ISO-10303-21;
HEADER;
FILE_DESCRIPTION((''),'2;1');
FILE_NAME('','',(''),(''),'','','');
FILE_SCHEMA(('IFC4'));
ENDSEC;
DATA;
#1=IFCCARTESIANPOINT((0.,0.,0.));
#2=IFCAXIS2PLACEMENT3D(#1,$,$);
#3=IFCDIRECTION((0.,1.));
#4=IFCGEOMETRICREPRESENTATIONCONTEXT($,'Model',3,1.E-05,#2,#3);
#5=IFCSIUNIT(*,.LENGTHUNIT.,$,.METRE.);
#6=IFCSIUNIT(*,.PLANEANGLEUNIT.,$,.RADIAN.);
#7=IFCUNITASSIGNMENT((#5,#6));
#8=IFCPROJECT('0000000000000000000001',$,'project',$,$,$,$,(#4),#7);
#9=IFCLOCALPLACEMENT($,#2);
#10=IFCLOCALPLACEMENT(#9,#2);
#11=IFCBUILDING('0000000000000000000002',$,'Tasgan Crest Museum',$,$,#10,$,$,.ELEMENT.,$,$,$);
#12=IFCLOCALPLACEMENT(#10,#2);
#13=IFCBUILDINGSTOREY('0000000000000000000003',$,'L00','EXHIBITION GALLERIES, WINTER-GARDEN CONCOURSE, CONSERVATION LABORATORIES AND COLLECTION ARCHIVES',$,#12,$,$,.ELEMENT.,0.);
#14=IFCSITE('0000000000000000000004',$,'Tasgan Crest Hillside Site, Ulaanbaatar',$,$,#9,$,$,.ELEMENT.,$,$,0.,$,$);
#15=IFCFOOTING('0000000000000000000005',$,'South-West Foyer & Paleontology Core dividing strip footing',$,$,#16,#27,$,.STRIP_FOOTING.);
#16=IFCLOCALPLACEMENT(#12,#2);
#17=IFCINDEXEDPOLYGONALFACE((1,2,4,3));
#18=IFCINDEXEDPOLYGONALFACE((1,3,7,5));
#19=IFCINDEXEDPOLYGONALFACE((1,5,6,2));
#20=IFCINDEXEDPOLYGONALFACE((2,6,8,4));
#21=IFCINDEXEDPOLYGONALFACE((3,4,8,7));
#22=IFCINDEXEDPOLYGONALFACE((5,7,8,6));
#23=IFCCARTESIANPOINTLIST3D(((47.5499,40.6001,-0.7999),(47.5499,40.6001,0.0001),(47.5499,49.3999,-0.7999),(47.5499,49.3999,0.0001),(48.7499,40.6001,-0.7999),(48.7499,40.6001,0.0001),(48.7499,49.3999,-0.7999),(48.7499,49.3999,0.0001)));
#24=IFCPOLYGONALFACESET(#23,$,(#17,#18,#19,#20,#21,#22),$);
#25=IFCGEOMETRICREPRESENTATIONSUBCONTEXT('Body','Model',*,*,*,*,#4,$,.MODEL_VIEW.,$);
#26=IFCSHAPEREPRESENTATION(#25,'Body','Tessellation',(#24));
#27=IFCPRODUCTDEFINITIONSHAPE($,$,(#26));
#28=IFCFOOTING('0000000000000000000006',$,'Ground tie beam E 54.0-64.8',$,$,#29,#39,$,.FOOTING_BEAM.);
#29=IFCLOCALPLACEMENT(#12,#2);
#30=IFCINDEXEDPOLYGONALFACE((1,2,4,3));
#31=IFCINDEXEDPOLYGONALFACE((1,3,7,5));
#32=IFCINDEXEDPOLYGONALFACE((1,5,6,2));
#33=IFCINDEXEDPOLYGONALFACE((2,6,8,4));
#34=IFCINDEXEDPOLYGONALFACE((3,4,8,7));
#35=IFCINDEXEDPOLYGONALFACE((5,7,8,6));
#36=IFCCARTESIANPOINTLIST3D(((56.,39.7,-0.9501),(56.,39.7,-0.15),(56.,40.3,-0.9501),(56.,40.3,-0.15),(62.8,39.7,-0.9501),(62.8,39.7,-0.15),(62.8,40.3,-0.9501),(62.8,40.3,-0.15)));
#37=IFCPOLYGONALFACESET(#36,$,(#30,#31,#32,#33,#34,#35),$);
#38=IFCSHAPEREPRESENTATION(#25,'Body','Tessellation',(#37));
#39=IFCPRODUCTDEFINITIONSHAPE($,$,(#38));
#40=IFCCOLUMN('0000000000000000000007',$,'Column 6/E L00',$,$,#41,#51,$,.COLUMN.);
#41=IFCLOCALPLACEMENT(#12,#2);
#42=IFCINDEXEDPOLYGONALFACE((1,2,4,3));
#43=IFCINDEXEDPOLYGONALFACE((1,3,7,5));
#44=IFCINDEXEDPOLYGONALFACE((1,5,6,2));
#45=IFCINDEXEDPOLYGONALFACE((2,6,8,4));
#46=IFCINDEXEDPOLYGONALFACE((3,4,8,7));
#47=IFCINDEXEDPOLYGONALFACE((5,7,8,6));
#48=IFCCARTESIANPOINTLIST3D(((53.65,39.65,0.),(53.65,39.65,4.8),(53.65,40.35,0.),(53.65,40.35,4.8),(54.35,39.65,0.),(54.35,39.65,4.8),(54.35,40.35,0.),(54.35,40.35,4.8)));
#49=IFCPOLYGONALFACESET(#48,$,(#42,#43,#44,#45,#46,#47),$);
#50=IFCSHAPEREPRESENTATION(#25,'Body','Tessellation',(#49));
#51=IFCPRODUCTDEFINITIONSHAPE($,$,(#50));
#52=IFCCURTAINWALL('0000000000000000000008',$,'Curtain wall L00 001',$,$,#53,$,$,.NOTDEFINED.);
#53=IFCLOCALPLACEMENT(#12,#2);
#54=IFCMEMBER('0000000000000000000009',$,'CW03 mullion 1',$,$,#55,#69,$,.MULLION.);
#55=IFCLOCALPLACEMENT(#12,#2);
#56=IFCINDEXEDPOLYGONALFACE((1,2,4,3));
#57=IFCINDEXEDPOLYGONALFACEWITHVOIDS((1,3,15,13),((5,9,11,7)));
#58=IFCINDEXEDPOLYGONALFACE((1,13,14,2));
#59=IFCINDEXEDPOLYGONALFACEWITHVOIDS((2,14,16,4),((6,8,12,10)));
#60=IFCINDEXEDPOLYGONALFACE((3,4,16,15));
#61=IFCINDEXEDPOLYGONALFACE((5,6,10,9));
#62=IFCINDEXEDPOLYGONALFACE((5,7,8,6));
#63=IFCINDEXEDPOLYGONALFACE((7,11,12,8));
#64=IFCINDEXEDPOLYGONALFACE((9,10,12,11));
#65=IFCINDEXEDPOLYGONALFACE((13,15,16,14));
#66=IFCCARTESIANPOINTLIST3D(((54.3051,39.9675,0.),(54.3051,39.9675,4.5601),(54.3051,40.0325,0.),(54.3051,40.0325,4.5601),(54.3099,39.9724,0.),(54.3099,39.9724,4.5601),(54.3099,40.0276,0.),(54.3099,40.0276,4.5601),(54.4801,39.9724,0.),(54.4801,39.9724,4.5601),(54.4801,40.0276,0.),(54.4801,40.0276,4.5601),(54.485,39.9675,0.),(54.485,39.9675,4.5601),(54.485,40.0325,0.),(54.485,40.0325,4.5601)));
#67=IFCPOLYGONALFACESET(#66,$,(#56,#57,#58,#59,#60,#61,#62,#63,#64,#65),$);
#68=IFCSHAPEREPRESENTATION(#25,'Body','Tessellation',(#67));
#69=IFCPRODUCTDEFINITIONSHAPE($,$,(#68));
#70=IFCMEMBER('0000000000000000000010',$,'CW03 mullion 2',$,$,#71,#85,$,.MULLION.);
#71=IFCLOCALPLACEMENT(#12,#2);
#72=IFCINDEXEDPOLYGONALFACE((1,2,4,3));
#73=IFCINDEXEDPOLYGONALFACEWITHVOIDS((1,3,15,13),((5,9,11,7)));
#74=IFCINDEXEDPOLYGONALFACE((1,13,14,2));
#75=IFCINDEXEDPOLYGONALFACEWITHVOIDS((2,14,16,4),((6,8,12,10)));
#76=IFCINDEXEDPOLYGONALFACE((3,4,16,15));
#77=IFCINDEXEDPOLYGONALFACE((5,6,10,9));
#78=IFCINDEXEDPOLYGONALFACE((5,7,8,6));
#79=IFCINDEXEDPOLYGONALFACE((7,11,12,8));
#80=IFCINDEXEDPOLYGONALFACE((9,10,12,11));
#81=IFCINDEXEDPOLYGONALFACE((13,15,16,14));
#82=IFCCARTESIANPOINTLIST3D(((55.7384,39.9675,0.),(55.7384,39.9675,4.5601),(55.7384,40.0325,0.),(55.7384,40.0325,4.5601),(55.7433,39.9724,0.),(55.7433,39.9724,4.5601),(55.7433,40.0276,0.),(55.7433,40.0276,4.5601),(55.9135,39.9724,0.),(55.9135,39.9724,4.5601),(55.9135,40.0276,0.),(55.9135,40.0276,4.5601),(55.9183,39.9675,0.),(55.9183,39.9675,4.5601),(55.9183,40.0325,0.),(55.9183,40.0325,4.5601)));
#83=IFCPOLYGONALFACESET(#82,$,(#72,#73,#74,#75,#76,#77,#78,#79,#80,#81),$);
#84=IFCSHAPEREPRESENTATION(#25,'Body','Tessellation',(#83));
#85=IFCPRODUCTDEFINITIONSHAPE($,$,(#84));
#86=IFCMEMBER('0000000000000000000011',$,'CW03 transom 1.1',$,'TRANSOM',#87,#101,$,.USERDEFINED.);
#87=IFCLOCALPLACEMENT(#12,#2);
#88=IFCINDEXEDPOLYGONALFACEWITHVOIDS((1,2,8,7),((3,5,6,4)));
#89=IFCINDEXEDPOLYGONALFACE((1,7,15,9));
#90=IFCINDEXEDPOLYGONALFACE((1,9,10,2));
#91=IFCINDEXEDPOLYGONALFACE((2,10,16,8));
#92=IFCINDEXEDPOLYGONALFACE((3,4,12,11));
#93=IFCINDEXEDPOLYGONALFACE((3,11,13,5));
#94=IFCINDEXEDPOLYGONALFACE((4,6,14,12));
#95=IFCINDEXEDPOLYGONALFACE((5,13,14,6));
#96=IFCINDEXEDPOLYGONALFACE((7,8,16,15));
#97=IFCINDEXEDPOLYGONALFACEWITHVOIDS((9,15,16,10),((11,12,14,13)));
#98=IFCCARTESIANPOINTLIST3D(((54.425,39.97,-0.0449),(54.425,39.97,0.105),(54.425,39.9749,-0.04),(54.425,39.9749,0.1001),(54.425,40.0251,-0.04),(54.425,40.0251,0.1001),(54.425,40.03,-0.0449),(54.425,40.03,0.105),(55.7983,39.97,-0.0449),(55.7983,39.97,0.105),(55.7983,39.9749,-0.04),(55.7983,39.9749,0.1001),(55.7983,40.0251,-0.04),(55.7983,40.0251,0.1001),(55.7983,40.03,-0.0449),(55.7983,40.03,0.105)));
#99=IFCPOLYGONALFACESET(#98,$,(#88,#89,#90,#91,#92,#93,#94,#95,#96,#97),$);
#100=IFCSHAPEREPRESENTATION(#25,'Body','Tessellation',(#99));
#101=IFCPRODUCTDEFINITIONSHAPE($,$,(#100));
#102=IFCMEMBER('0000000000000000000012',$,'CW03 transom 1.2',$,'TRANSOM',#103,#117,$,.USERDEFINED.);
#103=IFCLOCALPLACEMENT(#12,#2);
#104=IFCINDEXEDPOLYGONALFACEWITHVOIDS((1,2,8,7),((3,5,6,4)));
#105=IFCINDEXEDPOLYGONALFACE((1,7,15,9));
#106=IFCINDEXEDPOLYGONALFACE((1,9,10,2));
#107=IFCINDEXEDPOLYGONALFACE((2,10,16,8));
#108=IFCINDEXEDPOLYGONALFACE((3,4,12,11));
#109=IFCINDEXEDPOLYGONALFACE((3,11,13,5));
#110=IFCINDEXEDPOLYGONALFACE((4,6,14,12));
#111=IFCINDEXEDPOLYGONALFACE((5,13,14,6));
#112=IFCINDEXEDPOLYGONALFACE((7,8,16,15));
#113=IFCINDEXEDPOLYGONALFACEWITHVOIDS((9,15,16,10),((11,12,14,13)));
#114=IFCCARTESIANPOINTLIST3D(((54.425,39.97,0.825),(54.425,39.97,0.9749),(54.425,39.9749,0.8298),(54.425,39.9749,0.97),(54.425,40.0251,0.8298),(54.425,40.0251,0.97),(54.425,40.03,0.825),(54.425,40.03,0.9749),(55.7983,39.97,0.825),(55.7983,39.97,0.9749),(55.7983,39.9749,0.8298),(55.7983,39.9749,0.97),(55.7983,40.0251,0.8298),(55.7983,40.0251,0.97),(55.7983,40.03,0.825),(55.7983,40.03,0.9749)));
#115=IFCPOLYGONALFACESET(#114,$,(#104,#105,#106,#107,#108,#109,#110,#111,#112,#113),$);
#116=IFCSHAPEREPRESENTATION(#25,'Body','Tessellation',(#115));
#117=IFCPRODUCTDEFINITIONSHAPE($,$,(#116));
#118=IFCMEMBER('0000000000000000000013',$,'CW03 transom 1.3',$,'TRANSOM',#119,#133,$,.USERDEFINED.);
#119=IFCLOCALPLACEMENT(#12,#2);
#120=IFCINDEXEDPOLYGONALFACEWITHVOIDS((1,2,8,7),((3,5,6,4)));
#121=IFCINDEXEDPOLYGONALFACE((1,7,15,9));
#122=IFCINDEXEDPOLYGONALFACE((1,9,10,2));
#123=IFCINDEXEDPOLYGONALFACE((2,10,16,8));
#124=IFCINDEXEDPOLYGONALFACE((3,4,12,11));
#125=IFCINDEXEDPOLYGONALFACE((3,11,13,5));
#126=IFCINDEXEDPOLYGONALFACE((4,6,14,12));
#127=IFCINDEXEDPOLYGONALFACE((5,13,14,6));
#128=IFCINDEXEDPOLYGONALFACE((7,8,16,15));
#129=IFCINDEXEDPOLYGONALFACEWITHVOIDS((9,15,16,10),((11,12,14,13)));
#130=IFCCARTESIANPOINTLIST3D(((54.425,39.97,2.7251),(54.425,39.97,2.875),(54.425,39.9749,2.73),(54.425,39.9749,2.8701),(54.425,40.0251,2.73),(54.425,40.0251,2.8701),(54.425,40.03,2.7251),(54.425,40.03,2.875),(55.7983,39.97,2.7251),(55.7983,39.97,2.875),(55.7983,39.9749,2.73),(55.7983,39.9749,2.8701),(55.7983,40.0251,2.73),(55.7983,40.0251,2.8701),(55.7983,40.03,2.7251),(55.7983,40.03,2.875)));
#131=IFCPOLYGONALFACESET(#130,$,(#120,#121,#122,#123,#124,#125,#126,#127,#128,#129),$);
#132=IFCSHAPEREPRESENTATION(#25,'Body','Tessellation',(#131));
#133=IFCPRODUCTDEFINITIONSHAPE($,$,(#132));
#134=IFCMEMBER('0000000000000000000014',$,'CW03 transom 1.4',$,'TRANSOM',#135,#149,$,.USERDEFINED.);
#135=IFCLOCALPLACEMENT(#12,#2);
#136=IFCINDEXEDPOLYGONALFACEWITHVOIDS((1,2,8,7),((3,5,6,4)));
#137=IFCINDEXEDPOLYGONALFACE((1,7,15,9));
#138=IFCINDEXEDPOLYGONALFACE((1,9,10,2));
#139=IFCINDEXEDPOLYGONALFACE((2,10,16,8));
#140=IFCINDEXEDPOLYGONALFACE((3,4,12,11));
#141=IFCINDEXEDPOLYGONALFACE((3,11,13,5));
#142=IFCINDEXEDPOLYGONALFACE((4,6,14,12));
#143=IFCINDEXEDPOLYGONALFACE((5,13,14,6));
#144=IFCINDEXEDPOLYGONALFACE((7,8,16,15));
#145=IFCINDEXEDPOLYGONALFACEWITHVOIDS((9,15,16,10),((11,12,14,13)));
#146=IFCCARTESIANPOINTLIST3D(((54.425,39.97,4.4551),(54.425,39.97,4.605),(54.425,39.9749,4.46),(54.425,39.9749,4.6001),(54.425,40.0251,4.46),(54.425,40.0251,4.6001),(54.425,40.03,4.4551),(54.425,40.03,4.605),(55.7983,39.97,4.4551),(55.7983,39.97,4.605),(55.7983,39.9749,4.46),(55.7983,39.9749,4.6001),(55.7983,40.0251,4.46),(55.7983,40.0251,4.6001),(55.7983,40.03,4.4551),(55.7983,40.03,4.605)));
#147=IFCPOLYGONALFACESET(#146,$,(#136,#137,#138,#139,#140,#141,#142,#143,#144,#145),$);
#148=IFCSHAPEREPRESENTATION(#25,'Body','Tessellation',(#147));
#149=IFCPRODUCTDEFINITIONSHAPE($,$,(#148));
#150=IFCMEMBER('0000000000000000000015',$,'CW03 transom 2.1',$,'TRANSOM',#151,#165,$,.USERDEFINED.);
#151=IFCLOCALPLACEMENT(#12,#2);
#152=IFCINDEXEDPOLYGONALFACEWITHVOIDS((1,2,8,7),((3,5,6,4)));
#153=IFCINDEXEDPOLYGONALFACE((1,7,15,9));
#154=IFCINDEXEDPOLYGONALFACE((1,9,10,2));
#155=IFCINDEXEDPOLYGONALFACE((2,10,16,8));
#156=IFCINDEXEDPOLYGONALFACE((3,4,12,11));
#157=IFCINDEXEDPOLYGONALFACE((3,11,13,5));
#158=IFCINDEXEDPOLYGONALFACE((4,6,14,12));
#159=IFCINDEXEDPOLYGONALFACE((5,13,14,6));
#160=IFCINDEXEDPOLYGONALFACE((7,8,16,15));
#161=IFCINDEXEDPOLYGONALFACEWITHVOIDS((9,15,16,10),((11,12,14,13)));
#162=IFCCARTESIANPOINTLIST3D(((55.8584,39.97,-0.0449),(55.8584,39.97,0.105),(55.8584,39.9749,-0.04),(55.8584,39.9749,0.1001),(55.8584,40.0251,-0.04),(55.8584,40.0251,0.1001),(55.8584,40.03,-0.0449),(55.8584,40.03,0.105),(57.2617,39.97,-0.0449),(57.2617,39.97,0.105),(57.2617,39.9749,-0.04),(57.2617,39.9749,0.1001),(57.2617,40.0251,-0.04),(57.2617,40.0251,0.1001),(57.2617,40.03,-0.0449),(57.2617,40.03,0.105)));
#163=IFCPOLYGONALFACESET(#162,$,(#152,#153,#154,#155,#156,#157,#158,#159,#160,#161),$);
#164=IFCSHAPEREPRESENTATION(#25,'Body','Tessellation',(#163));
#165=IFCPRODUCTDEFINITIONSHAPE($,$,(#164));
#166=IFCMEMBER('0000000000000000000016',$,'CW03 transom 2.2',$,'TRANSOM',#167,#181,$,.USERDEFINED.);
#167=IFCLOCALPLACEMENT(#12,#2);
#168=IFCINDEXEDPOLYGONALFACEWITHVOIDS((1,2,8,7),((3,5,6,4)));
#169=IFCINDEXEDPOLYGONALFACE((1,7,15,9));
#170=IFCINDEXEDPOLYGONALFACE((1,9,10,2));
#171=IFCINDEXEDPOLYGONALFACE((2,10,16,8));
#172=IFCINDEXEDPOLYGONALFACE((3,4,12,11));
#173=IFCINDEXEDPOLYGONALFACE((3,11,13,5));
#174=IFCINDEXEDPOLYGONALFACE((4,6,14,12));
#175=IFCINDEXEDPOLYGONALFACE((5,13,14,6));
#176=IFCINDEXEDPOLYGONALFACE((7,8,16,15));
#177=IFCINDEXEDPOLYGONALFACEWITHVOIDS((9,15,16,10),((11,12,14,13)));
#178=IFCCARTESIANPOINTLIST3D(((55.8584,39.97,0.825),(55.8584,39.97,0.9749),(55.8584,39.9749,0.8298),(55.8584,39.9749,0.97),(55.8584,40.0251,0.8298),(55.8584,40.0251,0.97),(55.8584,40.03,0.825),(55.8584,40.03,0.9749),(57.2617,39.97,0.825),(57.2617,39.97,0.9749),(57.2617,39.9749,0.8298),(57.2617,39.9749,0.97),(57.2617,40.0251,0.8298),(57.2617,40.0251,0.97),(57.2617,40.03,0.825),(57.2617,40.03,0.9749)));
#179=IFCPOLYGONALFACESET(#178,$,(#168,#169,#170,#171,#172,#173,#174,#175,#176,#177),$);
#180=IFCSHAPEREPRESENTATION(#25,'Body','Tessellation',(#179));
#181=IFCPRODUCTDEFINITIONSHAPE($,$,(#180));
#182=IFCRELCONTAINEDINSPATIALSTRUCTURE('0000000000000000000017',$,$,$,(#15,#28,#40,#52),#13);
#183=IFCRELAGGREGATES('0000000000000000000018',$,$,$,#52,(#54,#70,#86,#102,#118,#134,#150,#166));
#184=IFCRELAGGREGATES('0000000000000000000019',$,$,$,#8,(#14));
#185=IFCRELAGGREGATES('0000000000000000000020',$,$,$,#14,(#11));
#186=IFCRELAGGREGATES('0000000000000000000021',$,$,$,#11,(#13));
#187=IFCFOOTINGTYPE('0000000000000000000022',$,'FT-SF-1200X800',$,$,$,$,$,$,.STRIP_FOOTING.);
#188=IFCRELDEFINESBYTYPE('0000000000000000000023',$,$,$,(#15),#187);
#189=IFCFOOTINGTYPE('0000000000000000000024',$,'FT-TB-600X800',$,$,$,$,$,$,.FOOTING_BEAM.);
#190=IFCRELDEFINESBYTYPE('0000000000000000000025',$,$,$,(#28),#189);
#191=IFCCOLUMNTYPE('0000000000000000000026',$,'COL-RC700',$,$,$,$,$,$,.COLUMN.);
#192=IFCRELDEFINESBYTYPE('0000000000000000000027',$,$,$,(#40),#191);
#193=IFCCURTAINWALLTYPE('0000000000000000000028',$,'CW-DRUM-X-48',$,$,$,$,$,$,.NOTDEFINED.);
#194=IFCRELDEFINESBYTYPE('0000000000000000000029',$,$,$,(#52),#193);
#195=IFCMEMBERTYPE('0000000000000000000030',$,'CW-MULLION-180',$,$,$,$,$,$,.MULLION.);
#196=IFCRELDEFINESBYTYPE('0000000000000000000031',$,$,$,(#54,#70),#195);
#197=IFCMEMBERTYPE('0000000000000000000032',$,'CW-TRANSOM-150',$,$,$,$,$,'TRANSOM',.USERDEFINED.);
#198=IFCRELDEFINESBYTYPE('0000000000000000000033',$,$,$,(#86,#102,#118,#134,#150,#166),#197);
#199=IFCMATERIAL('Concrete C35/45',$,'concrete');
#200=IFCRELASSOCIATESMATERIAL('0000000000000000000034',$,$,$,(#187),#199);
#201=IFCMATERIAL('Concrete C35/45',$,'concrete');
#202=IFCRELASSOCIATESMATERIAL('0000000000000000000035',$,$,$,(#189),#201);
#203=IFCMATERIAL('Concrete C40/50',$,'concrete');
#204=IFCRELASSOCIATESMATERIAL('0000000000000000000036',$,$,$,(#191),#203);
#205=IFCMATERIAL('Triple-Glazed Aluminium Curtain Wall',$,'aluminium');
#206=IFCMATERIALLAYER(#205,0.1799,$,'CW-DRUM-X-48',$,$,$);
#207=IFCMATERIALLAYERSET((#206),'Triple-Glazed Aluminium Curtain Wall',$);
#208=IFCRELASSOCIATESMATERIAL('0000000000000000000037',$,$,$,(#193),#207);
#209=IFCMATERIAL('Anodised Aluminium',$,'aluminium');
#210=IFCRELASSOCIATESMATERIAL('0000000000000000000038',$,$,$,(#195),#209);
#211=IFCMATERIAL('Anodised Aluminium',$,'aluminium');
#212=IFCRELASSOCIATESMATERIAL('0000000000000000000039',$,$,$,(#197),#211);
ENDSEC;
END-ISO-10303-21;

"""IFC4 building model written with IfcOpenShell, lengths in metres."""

from ifc_helpers import new_model, si_unit, direction, frame, origin, origin_2d, place, context, subcontext, project, spatial, rectangle, hollow_rectangle, extrude, material, layer, layer_set, material_profile, profile_set, type_object, element, aggregate, save


model = new_model("IFC4")

# Units and contexts
model_context = context("Model", 3, precision=1e-05, world=origin(), true_north=direction((0.0, 1.0)))
body_context = subcontext(model_context, "Body", "Model", "MODEL_VIEW")
ifc_project = project(units=[si_unit("LENGTHUNIT", "METRE"), si_unit("PLANEANGLEUNIT", "RADIAN")], contexts=[model_context])

# Site, building, storey
site_placement = place(None, origin())
site = spatial("IfcSite", under=ifc_project, at=site_placement, Name="Tasgan Crest Hillside Site, Ulaanbaatar", CompositionType="ELEMENT", RefElevation=0.0)
building_placement = place(site_placement, origin())
building = spatial("IfcBuilding", under=site, at=building_placement, Name="Tasgan Crest Museum", CompositionType="ELEMENT")
storey_placement = place(building_placement, origin())
storey = spatial("IfcBuildingStorey", under=building, at=storey_placement, Name="L00", Description="EXHIBITION GALLERIES, WINTER-GARDEN CONCOURSE, CONSERVATION LABORATORIES AND COLLECTION ARCHIVES", CompositionType="ELEMENT", Elevation=0.0)

# Footings
ifc_material_1 = material(Name="Concrete C35/45", Category="concrete")
ifc_material_profile_1 = material_profile(ifc_material_1, rectangle(XDim=1.2, YDim=0.8, at=origin_2d()), Name="SF 1200x800")
ifc_profile_set_1 = profile_set([ifc_material_profile_1], Name="Concrete C35/45")
footing_type_1 = type_object("IfcFootingType", Name="FT-SF-1200X800", PredefinedType="STRIP_FOOTING", material=ifc_profile_set_1)
footing_1_placement = place(storey_placement, frame((48.1499, 40.6001, -0.3999), z_axis=(0.0, 1.0, 0.0), x_axis=(-1.0, 0.0, 0.0)))
element("IfcFooting", 1, at=footing_1_placement, inside=storey, type_object=footing_type_1, Name="South-West Foyer & Paleontology Core dividing strip footing", PredefinedType="STRIP_FOOTING", context=body_context, shape_type="SweptSolid", body=[
    extrude(rectangle(XDim=1.2, YDim=0.8, at=origin_2d()), origin(), (0.0, 0.0, 1.0), 8.7998),
])
ifc_material_2 = material(Name="Concrete C35/45", Category="concrete")
ifc_material_profile_2 = material_profile(ifc_material_2, rectangle(XDim=0.6001, YDim=0.8, at=origin_2d()), Name="TB 600x800")
ifc_profile_set_2 = profile_set([ifc_material_profile_2], Name="Concrete C35/45")
footing_type_2 = type_object("IfcFootingType", Name="FT-TB-600X800", PredefinedType="FOOTING_BEAM", material=ifc_profile_set_2)
footing_2_placement = place(storey_placement, frame((56.0, 40.0, -0.55), z_axis=(1.0, 0.0, 0.0), x_axis=(0.0, 1.0, 0.0)))
element("IfcFooting", 2, at=footing_2_placement, inside=storey, type_object=footing_type_2, Name="Ground tie beam E 54.0-64.8", PredefinedType="FOOTING_BEAM", context=body_context, shape_type="SweptSolid", body=[
    extrude(rectangle(XDim=0.6001, YDim=0.8, at=origin_2d()), origin(), (0.0, 0.0, 1.0), 6.8),
])

# Column
ifc_material_3 = material(Name="Concrete C40/50", Category="concrete")
ifc_material_profile_3 = material_profile(ifc_material_3, rectangle(XDim=0.7, YDim=0.7, at=origin_2d()), Name="RC 700x700")
ifc_profile_set_3 = profile_set([ifc_material_profile_3], Name="Concrete C40/50")
column_type = type_object("IfcColumnType", Name="COL-RC700", PredefinedType="COLUMN", material=ifc_profile_set_3)
column_placement = place(storey_placement, frame((54.0, 40.0, 0.0), z_axis=(0.0, 0.0, 1.0), x_axis=(1.0, 0.0, 0.0)))
element("IfcColumn", 3, at=column_placement, inside=storey, type_object=column_type, Name="Column 6/E L00", PredefinedType="COLUMN", context=body_context, shape_type="SweptSolid", body=[
    extrude(rectangle(XDim=0.7, YDim=0.7, at=origin_2d()), origin(), (0.0, 0.0, 1.0), 4.8),
])

# Curtain wall, members
ifc_material_4 = material(Name="Triple-Glazed Aluminium Curtain Wall", Category="aluminium")
ifc_layer_1 = layer(ifc_material_4, 0.1799, Name="CW-DRUM-X-48")
ifc_layer_set_1 = layer_set([ifc_layer_1], Name="Triple-Glazed Aluminium Curtain Wall")
curtain_wall_type = type_object("IfcCurtainWallType", Name="CW-DRUM-X-48", PredefinedType="NOTDEFINED", material=ifc_layer_set_1)
curtain_wall_placement = place(storey_placement, origin())
curtain_wall = element("IfcCurtainWall", 4, at=curtain_wall_placement, inside=storey, type_object=curtain_wall_type, Name="Curtain wall L00 001", PredefinedType="NOTDEFINED")
ifc_material_5 = material(Name="Anodised Aluminium", Category="aluminium")
ifc_material_profile_4 = material_profile(ifc_material_5, hollow_rectangle(XDim=0.0649, YDim=0.1799, WallThickness=0.0049, at=origin_2d()), Name="ALU MULLION 180x65x5")
ifc_profile_set_4 = profile_set([ifc_material_profile_4], Name="Anodised Aluminium")
member_type_1 = type_object("IfcMemberType", Name="CW-MULLION-180", PredefinedType="MULLION", material=ifc_profile_set_4)
member_1_placement = place(storey_placement, frame((54.395, 40.0, 0.0), z_axis=(0.0, 0.0, 1.0), x_axis=(0.0, 1.0, 0.0)))
member_1 = element("IfcMember", 5, at=member_1_placement, type_object=member_type_1, Name="CW03 mullion 1", PredefinedType="MULLION", context=body_context, shape_type="SweptSolid", body=[
    extrude(hollow_rectangle(XDim=0.0649, YDim=0.1799, WallThickness=0.0049, at=origin_2d()), origin(), (0.0, 0.0, 1.0), 4.5601),
])
member_2_placement = place(storey_placement, frame((55.8284, 40.0, 0.0), z_axis=(0.0, 0.0, 1.0), x_axis=(0.0, 1.0, 0.0)))
member_2 = element("IfcMember", 6, at=member_2_placement, type_object=member_type_1, Name="CW03 mullion 2", PredefinedType="MULLION", context=body_context, shape_type="SweptSolid", body=[
    extrude(hollow_rectangle(XDim=0.0649, YDim=0.1799, WallThickness=0.0049, at=origin_2d()), origin(), (0.0, 0.0, 1.0), 4.5601),
])
ifc_material_6 = material(Name="Anodised Aluminium", Category="aluminium")
ifc_material_profile_5 = material_profile(ifc_material_6, hollow_rectangle(XDim=0.0601, YDim=0.1499, WallThickness=0.0049, at=origin_2d()), Name="ALU TRANSOM 150x60x5")
ifc_profile_set_5 = profile_set([ifc_material_profile_5], Name="Anodised Aluminium")
member_type_2 = type_object("IfcMemberType", Name="CW-TRANSOM-150", ElementType="TRANSOM", PredefinedType="USERDEFINED", material=ifc_profile_set_5)
member_3_placement = place(storey_placement, frame((54.425, 40.0, 0.03), z_axis=(1.0, 0.0, 0.0), x_axis=(0.0, 1.0, 0.0)))
member_3 = element("IfcMember", 7, at=member_3_placement, type_object=member_type_2, Name="CW03 transom 1.1", ObjectType="TRANSOM", PredefinedType="USERDEFINED", context=body_context, shape_type="SweptSolid", body=[
    extrude(hollow_rectangle(XDim=0.0601, YDim=0.1499, WallThickness=0.0049, at=origin_2d()), origin(), (0.0, 0.0, 1.0), 1.3733),
])
member_4_placement = place(storey_placement, frame((54.425, 40.0, 0.8999), z_axis=(1.0, 0.0, 0.0), x_axis=(0.0, 1.0, 0.0)))
member_4 = element("IfcMember", 8, at=member_4_placement, type_object=member_type_2, Name="CW03 transom 1.2", ObjectType="TRANSOM", PredefinedType="USERDEFINED", context=body_context, shape_type="SweptSolid", body=[
    extrude(hollow_rectangle(XDim=0.0601, YDim=0.1499, WallThickness=0.0049, at=origin_2d()), origin(), (0.0, 0.0, 1.0), 1.3733),
])
member_5_placement = place(storey_placement, frame((54.425, 40.0, 2.8), z_axis=(1.0, 0.0, 0.0), x_axis=(0.0, 1.0, 0.0)))
member_5 = element("IfcMember", 9, at=member_5_placement, type_object=member_type_2, Name="CW03 transom 1.3", ObjectType="TRANSOM", PredefinedType="USERDEFINED", context=body_context, shape_type="SweptSolid", body=[
    extrude(hollow_rectangle(XDim=0.0601, YDim=0.1499, WallThickness=0.0049, at=origin_2d()), origin(), (0.0, 0.0, 1.0), 1.3733),
])
member_6_placement = place(storey_placement, frame((54.425, 40.0, 4.53), z_axis=(1.0, 0.0, 0.0), x_axis=(0.0, 1.0, 0.0)))
member_6 = element("IfcMember", 10, at=member_6_placement, type_object=member_type_2, Name="CW03 transom 1.4", ObjectType="TRANSOM", PredefinedType="USERDEFINED", context=body_context, shape_type="SweptSolid", body=[
    extrude(hollow_rectangle(XDim=0.0601, YDim=0.1499, WallThickness=0.0049, at=origin_2d()), origin(), (0.0, 0.0, 1.0), 1.3733),
])
member_7_placement = place(storey_placement, frame((55.8584, 40.0, 0.03), z_axis=(1.0, 0.0, 0.0), x_axis=(0.0, 1.0, 0.0)))
member_7 = element("IfcMember", 11, at=member_7_placement, type_object=member_type_2, Name="CW03 transom 2.1", ObjectType="TRANSOM", PredefinedType="USERDEFINED", context=body_context, shape_type="SweptSolid", body=[
    extrude(hollow_rectangle(XDim=0.0601, YDim=0.1499, WallThickness=0.0049, at=origin_2d()), origin(), (0.0, 0.0, 1.0), 1.4033),
])
member_8_placement = place(storey_placement, frame((55.8584, 40.0, 0.8999), z_axis=(1.0, 0.0, 0.0), x_axis=(0.0, 1.0, 0.0)))
member_8 = element("IfcMember", 12, at=member_8_placement, type_object=member_type_2, Name="CW03 transom 2.2", ObjectType="TRANSOM", PredefinedType="USERDEFINED", context=body_context, shape_type="SweptSolid", body=[
    extrude(hollow_rectangle(XDim=0.0601, YDim=0.1499, WallThickness=0.0049, at=origin_2d()), origin(), (0.0, 0.0, 1.0), 1.4033),
])
aggregate(curtain_wall, [member_1, member_2, member_3, member_4, member_5, member_6, member_7, member_8])

save(model, "model.ifc")
